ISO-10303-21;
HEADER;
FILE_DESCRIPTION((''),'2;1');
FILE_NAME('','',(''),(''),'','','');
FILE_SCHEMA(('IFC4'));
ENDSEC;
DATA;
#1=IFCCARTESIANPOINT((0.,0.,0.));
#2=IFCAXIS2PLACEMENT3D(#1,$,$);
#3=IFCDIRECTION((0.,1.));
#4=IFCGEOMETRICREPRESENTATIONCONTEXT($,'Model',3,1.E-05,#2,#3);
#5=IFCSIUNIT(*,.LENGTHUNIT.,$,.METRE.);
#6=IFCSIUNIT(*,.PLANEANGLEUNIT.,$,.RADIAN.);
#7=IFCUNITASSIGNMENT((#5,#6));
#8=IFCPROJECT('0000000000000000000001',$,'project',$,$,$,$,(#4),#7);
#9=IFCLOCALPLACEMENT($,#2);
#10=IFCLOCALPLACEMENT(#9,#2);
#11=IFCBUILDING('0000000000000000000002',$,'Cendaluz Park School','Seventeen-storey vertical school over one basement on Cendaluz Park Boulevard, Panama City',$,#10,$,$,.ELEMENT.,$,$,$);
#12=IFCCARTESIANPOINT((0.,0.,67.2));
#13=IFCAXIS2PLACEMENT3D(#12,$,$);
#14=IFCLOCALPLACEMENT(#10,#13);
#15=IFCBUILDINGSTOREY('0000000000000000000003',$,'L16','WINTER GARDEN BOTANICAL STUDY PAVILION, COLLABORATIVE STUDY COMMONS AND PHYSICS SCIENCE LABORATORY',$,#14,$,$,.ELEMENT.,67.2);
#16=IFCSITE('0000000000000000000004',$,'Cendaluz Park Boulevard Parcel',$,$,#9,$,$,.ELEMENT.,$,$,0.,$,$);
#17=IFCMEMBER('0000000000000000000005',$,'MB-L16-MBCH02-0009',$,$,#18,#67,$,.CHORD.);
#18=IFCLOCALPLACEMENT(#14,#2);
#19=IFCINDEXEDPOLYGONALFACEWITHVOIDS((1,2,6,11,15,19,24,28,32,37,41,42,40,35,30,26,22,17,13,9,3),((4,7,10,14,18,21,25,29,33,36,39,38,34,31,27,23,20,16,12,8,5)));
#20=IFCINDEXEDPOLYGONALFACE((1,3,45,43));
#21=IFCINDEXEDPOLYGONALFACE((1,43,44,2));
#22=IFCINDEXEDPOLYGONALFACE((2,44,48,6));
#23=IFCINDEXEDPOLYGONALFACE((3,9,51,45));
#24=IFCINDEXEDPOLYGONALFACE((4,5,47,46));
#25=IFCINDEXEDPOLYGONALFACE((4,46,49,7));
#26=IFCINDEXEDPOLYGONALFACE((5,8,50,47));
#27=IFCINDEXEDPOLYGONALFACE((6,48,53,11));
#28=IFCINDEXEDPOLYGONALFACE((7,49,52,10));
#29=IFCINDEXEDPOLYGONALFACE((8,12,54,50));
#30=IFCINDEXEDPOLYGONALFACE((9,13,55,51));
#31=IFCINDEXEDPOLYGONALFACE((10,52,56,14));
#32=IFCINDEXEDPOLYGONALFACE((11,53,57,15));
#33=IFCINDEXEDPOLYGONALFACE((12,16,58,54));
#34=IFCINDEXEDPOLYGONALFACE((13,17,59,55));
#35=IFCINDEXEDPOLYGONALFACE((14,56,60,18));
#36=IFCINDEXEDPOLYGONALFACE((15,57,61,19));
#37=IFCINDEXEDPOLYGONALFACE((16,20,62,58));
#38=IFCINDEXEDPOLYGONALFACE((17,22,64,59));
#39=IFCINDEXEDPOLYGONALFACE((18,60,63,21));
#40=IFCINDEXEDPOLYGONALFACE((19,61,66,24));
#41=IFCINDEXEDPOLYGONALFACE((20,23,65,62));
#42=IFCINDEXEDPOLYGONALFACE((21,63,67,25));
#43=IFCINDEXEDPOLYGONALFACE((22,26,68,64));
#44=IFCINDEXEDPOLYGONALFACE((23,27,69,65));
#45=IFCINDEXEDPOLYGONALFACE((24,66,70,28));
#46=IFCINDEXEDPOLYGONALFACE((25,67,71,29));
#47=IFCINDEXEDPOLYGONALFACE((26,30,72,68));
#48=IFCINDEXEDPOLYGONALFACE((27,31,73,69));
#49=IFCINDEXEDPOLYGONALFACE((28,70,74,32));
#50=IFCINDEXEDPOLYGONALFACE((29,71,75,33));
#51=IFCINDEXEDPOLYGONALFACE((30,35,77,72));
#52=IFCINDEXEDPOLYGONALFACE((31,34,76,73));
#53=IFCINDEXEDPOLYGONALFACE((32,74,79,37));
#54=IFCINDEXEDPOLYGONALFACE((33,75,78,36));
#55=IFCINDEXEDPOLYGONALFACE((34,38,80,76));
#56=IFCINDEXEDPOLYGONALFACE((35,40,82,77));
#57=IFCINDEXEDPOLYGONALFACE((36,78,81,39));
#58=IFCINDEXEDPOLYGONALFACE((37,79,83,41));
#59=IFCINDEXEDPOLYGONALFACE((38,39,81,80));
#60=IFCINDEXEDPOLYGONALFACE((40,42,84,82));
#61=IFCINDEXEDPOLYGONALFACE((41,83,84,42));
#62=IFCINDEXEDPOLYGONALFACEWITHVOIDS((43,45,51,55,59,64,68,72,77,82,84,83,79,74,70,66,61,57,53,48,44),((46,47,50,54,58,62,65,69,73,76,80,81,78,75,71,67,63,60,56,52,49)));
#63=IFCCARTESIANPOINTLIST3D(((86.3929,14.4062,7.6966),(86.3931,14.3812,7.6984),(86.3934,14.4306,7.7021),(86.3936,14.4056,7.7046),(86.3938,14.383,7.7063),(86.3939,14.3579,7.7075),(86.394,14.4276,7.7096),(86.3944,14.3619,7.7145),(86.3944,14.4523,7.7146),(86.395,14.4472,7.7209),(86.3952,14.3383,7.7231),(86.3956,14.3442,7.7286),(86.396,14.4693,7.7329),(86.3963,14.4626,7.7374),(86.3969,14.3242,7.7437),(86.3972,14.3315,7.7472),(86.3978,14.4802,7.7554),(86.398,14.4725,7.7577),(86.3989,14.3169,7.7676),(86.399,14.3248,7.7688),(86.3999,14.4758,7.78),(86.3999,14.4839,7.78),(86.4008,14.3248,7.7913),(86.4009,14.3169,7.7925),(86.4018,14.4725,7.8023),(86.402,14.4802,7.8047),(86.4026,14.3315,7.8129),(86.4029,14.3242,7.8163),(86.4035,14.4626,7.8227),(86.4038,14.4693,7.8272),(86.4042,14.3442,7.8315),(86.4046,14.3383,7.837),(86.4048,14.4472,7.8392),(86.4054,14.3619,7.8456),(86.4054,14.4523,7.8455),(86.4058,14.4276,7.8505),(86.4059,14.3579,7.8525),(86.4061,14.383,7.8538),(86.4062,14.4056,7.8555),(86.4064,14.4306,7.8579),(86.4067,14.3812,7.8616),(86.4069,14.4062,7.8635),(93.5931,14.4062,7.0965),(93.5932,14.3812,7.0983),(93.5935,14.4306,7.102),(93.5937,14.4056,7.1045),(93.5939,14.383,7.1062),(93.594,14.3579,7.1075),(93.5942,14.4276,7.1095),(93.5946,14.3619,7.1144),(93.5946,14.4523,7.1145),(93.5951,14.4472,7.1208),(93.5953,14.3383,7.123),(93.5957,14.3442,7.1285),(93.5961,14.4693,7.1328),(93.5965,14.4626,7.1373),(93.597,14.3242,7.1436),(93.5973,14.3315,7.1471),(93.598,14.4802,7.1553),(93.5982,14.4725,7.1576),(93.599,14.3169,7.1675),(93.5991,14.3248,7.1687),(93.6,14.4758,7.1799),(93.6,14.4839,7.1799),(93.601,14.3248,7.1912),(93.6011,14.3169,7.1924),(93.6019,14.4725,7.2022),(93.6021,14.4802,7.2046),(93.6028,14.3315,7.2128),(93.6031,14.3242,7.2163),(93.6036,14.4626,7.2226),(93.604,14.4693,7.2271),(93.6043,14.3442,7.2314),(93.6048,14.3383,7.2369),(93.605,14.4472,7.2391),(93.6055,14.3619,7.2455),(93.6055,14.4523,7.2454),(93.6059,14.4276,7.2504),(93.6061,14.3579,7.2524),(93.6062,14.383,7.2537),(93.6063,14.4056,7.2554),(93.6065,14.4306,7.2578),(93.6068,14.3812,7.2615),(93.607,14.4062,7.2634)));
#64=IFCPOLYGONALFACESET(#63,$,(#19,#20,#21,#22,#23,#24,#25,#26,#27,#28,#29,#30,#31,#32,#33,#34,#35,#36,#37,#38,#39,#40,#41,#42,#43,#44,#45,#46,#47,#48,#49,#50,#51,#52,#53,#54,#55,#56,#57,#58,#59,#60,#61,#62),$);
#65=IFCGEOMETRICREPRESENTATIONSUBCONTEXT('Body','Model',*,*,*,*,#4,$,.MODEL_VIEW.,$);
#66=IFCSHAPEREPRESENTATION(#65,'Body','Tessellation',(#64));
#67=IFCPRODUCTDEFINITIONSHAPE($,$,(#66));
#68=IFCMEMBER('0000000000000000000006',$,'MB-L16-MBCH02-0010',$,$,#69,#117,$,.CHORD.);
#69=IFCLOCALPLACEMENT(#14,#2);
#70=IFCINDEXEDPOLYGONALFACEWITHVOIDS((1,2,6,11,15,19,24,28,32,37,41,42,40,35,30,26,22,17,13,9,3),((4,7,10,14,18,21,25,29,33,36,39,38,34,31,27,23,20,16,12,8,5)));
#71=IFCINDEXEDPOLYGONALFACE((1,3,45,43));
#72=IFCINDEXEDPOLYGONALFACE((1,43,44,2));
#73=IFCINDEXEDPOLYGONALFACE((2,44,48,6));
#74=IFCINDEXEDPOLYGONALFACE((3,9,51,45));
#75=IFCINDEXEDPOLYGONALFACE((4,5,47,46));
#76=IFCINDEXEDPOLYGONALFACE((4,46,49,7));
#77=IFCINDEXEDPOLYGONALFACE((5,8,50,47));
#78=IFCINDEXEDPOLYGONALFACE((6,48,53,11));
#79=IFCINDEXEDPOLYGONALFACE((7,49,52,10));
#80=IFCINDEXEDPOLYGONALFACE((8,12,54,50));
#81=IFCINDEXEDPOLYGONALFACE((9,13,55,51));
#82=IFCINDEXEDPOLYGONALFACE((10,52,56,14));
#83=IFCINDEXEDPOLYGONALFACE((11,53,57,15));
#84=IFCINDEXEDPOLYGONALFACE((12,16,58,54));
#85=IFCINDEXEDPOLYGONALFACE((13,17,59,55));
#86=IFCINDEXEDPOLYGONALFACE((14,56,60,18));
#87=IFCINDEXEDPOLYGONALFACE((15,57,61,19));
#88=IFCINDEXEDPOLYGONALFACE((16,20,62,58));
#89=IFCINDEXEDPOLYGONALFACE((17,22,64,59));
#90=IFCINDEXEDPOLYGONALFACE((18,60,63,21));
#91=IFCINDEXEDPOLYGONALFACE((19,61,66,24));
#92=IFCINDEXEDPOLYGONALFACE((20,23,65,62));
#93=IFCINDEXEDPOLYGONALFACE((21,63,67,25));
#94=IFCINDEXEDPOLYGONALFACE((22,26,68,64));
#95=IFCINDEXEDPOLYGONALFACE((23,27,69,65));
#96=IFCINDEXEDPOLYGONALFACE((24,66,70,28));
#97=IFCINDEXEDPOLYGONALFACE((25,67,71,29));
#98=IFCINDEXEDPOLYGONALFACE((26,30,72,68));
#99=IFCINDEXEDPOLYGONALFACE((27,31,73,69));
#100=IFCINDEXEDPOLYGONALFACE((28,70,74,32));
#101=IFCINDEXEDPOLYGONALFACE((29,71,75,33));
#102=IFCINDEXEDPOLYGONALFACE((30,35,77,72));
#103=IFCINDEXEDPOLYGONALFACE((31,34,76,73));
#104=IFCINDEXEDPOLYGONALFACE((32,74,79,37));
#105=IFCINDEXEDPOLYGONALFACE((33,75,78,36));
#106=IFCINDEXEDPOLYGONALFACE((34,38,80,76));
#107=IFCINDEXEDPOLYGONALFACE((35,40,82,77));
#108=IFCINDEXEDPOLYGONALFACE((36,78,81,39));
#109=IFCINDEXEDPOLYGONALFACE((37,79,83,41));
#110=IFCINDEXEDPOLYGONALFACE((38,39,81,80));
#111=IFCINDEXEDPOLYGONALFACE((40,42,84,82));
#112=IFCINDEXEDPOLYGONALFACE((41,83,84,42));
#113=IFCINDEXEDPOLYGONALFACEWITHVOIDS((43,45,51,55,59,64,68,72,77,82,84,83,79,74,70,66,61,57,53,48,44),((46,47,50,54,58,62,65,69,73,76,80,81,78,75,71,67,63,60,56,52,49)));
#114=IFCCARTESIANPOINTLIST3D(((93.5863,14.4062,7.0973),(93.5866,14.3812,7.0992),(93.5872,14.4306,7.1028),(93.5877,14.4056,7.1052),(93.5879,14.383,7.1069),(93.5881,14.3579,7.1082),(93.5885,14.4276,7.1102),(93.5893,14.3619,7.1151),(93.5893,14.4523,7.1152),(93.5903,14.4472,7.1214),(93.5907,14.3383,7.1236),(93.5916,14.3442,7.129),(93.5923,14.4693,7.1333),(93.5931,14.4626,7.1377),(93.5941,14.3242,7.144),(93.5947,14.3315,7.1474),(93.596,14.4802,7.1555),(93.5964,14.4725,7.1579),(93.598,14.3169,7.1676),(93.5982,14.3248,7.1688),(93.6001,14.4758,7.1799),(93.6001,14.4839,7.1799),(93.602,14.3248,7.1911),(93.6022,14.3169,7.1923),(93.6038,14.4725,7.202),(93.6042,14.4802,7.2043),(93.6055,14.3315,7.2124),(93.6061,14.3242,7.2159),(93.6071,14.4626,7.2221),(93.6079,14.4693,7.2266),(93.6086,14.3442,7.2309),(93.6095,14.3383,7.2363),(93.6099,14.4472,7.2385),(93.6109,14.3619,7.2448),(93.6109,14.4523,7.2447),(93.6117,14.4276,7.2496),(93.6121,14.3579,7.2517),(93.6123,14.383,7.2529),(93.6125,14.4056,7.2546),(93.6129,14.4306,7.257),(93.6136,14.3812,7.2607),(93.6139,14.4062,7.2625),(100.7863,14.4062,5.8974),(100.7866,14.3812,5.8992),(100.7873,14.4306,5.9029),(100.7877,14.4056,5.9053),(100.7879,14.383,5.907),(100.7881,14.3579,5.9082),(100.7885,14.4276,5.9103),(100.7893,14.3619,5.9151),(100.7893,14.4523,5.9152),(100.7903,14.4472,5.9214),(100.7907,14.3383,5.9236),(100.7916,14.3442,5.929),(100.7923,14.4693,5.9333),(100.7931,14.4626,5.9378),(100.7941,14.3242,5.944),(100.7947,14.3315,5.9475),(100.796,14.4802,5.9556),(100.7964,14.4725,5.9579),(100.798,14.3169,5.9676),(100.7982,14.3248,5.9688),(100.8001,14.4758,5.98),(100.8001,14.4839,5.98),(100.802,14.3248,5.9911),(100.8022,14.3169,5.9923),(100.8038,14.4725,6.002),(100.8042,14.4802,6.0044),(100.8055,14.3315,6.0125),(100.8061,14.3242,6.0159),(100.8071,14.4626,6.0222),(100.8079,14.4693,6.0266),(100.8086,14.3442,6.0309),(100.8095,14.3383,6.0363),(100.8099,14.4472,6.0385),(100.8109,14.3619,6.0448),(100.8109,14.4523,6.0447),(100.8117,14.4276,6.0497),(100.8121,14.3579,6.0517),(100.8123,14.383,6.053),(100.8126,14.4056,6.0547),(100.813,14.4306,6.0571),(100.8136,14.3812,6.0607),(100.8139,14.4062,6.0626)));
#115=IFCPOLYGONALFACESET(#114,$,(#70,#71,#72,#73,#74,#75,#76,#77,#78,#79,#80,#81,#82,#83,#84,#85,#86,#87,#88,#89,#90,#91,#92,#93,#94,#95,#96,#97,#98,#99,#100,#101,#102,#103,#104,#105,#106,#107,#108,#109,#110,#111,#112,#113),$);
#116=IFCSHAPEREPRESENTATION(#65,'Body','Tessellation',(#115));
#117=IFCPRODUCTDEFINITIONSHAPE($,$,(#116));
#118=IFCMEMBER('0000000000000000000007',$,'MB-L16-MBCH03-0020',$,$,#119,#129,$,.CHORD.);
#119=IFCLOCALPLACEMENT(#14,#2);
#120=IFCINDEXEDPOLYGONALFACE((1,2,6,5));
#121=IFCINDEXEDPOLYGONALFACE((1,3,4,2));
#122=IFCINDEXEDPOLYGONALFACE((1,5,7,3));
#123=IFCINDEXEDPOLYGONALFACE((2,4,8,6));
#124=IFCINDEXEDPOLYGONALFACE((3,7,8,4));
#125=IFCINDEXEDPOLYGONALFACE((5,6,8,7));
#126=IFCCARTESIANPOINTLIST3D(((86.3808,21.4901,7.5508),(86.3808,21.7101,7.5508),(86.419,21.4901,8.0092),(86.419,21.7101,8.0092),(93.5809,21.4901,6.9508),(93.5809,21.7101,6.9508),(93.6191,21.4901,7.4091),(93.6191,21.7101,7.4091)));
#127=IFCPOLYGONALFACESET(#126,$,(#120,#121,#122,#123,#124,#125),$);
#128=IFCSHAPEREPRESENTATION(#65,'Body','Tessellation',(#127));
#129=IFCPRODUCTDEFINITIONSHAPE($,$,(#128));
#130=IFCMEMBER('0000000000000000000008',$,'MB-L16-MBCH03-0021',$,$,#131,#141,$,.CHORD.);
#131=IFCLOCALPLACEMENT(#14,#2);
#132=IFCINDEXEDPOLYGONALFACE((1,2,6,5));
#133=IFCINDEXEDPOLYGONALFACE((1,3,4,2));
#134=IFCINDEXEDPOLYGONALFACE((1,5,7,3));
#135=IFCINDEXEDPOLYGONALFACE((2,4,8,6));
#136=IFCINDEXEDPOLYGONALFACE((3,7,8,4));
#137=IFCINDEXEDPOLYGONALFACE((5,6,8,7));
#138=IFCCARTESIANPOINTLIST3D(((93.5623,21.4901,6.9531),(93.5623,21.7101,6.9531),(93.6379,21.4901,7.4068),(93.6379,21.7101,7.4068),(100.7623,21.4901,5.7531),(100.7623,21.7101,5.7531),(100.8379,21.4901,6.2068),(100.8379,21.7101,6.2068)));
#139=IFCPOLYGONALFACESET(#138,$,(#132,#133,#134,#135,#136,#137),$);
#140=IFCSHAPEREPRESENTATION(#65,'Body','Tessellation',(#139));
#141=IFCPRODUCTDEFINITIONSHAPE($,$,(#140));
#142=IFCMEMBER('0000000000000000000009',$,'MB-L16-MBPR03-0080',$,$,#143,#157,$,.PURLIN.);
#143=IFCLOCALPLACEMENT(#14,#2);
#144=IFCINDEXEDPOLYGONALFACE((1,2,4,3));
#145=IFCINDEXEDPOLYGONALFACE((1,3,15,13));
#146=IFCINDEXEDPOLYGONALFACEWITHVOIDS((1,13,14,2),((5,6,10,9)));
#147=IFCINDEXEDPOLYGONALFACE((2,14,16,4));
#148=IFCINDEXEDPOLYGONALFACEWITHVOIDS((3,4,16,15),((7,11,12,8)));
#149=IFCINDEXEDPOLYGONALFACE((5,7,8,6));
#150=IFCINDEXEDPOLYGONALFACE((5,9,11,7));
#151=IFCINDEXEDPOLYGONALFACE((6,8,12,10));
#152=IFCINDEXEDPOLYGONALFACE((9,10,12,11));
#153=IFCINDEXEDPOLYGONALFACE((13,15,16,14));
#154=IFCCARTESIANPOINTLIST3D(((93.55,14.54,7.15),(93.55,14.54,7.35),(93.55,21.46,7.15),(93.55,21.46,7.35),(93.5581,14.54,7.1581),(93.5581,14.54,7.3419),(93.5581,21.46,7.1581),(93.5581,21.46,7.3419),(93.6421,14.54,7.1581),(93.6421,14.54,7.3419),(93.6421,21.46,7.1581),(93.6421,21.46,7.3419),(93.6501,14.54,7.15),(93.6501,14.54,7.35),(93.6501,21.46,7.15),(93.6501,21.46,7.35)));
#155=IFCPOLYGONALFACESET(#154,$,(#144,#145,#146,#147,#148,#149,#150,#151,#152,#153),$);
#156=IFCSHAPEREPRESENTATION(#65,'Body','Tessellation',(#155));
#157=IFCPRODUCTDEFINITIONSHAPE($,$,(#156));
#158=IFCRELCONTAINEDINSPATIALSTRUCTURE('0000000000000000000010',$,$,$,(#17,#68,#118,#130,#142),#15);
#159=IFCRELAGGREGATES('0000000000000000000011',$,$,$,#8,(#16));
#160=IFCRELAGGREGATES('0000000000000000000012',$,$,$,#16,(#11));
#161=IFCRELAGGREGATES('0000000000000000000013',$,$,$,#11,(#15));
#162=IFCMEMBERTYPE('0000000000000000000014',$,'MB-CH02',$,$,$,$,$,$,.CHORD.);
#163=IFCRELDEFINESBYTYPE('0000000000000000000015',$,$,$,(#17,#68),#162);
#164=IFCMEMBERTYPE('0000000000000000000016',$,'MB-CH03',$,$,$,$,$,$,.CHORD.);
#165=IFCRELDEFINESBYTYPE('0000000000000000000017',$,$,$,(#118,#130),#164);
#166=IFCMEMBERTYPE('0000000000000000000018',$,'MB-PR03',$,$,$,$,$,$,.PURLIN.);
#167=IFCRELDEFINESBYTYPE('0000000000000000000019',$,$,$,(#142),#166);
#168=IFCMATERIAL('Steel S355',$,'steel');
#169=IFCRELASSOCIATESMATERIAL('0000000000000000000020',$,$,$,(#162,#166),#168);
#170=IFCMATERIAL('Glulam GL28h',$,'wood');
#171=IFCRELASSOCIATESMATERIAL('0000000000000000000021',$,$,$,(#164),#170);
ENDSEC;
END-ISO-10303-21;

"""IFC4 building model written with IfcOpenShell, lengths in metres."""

from ifc_helpers import new_model, si_unit, direction, frame, origin, origin_2d, place, context, subcontext, project, spatial, rectangle, hollow_rectangle, hollow_circle, extrude, material, material_profile, profile_set, type_object, element, save


model = new_model("IFC4")

# Units and contexts
model_context = context("Model", 3, precision=1e-05, world=origin(), true_north=direction((0.0, 1.0)))
body_context = subcontext(model_context, "Body", "Model", "MODEL_VIEW")
ifc_project = project(units=[si_unit("LENGTHUNIT", "METRE"), si_unit("PLANEANGLEUNIT", "RADIAN")], contexts=[model_context])

# Site, building, storey
site_placement = place(None, origin())
site = spatial("IfcSite", under=ifc_project, at=site_placement, Name="Cendaluz Park Boulevard Parcel", CompositionType="ELEMENT", RefElevation=0.0)
building_placement = place(site_placement, origin())
building = spatial("IfcBuilding", under=site, at=building_placement, Name="Cendaluz Park School", Description="Seventeen-storey vertical school over one basement on Cendaluz Park Boulevard, Panama City", CompositionType="ELEMENT")
storey_placement = place(building_placement, frame((0.0, 0.0, 67.2)))
storey = spatial("IfcBuildingStorey", under=building, at=storey_placement, Name="L16", Description="WINTER GARDEN BOTANICAL STUDY PAVILION, COLLABORATIVE STUDY COMMONS AND PHYSICS SCIENCE LABORATORY", CompositionType="ELEMENT", Elevation=67.2)

# Shared definitions
ifc_material_1 = material(Name="Steel S355", Category="steel")

# Members
ifc_material_profile_1 = material_profile(ifc_material_1, hollow_circle(Radius=0.084, WallThickness=0.0081, at=origin_2d()), Name="CHS 168x8", Category="steel")
ifc_profile_set_1 = profile_set([ifc_material_profile_1], Name="Steel S355")
member_type_1 = type_object("IfcMemberType", Name="MB-CH02", PredefinedType="CHORD", material=ifc_profile_set_1)
member_1_placement = place(storey_placement, frame((86.3999, 14.3999, 7.78), z_axis=(0.996545, 0.0, -0.083057), x_axis=(0.0, 1.0, 0.0)))
element("IfcMember", 1, at=member_1_placement, inside=storey, type_object=member_type_1, Name="MB-L16-MBCH02-0009", PredefinedType="CHORD", context=body_context, shape_type="SweptSolid", body=[
    extrude(hollow_circle(Radius=0.084, WallThickness=0.0081, at=origin_2d()), origin(), (0.0, 0.0, 1.0), 7.2251),
])
member_2_placement = place(storey_placement, frame((93.6001, 14.3999, 7.1799), z_axis=(0.986395, 0.0, -0.164394), x_axis=(0.0, 1.0, 0.0)))
element("IfcMember", 2, at=member_2_placement, inside=storey, type_object=member_type_1, Name="MB-L16-MBCH02-0010", PredefinedType="CHORD", context=body_context, shape_type="SweptSolid", body=[
    extrude(hollow_circle(Radius=0.084, WallThickness=0.0081, at=origin_2d()), origin(), (0.0, 0.0, 1.0), 7.2993),
])
ifc_material_2 = material(Name="Glulam GL28h", Category="wood")
ifc_material_profile_2 = material_profile(ifc_material_2, rectangle(XDim=0.22, YDim=0.46, at=origin_2d()), Name="GL28h 220x460", Category="wood")
ifc_profile_set_2 = profile_set([ifc_material_profile_2], Name="Glulam GL28h")
member_type_2 = type_object("IfcMemberType", Name="MB-CH03", PredefinedType="CHORD", material=ifc_profile_set_2)
member_3_placement = place(storey_placement, frame((86.3999, 21.6001, 7.78), z_axis=(0.996545, 0.0, -0.083057), x_axis=(0.0, 1.0, 0.0)))
element("IfcMember", 3, at=member_3_placement, inside=storey, type_object=member_type_2, Name="MB-L16-MBCH03-0020", PredefinedType="CHORD", context=body_context, shape_type="SweptSolid", body=[
    extrude(rectangle(XDim=0.22, YDim=0.46, at=origin_2d()), origin(), (0.0, 0.0, 1.0), 7.2251),
])
member_4_placement = place(storey_placement, frame((93.6001, 21.6001, 7.1799), z_axis=(0.986395, 0.0, -0.164394), x_axis=(0.0, 1.0, 0.0)))
element("IfcMember", 4, at=member_4_placement, inside=storey, type_object=member_type_2, Name="MB-L16-MBCH03-0021", PredefinedType="CHORD", context=body_context, shape_type="SweptSolid", body=[
    extrude(rectangle(XDim=0.22, YDim=0.46, at=origin_2d()), origin(), (0.0, 0.0, 1.0), 7.2993),
])
ifc_material_profile_3 = material_profile(ifc_material_1, hollow_rectangle(XDim=0.1001, YDim=0.2, WallThickness=0.0081, at=origin_2d()), Name="RHS 200x100x8", Category="steel")
ifc_profile_set_3 = profile_set([ifc_material_profile_3], Name="Steel S355")
member_type_3 = type_object("IfcMemberType", Name="MB-PR03", PredefinedType="PURLIN", material=ifc_profile_set_3)
member_5_placement = place(storey_placement, frame((93.6001, 14.54, 7.25), z_axis=(0.0, 1.0, 0.0), x_axis=(-1.0, 0.0, 0.0)))
element("IfcMember", 5, at=member_5_placement, inside=storey, type_object=member_type_3, Name="MB-L16-MBPR03-0080", PredefinedType="PURLIN", context=body_context, shape_type="SweptSolid", body=[
    extrude(hollow_rectangle(XDim=0.1001, YDim=0.2, WallThickness=0.0081, at=origin_2d()), origin(), (0.0, 0.0, 1.0), 6.9199),
])

save(model, "model.ifc")
